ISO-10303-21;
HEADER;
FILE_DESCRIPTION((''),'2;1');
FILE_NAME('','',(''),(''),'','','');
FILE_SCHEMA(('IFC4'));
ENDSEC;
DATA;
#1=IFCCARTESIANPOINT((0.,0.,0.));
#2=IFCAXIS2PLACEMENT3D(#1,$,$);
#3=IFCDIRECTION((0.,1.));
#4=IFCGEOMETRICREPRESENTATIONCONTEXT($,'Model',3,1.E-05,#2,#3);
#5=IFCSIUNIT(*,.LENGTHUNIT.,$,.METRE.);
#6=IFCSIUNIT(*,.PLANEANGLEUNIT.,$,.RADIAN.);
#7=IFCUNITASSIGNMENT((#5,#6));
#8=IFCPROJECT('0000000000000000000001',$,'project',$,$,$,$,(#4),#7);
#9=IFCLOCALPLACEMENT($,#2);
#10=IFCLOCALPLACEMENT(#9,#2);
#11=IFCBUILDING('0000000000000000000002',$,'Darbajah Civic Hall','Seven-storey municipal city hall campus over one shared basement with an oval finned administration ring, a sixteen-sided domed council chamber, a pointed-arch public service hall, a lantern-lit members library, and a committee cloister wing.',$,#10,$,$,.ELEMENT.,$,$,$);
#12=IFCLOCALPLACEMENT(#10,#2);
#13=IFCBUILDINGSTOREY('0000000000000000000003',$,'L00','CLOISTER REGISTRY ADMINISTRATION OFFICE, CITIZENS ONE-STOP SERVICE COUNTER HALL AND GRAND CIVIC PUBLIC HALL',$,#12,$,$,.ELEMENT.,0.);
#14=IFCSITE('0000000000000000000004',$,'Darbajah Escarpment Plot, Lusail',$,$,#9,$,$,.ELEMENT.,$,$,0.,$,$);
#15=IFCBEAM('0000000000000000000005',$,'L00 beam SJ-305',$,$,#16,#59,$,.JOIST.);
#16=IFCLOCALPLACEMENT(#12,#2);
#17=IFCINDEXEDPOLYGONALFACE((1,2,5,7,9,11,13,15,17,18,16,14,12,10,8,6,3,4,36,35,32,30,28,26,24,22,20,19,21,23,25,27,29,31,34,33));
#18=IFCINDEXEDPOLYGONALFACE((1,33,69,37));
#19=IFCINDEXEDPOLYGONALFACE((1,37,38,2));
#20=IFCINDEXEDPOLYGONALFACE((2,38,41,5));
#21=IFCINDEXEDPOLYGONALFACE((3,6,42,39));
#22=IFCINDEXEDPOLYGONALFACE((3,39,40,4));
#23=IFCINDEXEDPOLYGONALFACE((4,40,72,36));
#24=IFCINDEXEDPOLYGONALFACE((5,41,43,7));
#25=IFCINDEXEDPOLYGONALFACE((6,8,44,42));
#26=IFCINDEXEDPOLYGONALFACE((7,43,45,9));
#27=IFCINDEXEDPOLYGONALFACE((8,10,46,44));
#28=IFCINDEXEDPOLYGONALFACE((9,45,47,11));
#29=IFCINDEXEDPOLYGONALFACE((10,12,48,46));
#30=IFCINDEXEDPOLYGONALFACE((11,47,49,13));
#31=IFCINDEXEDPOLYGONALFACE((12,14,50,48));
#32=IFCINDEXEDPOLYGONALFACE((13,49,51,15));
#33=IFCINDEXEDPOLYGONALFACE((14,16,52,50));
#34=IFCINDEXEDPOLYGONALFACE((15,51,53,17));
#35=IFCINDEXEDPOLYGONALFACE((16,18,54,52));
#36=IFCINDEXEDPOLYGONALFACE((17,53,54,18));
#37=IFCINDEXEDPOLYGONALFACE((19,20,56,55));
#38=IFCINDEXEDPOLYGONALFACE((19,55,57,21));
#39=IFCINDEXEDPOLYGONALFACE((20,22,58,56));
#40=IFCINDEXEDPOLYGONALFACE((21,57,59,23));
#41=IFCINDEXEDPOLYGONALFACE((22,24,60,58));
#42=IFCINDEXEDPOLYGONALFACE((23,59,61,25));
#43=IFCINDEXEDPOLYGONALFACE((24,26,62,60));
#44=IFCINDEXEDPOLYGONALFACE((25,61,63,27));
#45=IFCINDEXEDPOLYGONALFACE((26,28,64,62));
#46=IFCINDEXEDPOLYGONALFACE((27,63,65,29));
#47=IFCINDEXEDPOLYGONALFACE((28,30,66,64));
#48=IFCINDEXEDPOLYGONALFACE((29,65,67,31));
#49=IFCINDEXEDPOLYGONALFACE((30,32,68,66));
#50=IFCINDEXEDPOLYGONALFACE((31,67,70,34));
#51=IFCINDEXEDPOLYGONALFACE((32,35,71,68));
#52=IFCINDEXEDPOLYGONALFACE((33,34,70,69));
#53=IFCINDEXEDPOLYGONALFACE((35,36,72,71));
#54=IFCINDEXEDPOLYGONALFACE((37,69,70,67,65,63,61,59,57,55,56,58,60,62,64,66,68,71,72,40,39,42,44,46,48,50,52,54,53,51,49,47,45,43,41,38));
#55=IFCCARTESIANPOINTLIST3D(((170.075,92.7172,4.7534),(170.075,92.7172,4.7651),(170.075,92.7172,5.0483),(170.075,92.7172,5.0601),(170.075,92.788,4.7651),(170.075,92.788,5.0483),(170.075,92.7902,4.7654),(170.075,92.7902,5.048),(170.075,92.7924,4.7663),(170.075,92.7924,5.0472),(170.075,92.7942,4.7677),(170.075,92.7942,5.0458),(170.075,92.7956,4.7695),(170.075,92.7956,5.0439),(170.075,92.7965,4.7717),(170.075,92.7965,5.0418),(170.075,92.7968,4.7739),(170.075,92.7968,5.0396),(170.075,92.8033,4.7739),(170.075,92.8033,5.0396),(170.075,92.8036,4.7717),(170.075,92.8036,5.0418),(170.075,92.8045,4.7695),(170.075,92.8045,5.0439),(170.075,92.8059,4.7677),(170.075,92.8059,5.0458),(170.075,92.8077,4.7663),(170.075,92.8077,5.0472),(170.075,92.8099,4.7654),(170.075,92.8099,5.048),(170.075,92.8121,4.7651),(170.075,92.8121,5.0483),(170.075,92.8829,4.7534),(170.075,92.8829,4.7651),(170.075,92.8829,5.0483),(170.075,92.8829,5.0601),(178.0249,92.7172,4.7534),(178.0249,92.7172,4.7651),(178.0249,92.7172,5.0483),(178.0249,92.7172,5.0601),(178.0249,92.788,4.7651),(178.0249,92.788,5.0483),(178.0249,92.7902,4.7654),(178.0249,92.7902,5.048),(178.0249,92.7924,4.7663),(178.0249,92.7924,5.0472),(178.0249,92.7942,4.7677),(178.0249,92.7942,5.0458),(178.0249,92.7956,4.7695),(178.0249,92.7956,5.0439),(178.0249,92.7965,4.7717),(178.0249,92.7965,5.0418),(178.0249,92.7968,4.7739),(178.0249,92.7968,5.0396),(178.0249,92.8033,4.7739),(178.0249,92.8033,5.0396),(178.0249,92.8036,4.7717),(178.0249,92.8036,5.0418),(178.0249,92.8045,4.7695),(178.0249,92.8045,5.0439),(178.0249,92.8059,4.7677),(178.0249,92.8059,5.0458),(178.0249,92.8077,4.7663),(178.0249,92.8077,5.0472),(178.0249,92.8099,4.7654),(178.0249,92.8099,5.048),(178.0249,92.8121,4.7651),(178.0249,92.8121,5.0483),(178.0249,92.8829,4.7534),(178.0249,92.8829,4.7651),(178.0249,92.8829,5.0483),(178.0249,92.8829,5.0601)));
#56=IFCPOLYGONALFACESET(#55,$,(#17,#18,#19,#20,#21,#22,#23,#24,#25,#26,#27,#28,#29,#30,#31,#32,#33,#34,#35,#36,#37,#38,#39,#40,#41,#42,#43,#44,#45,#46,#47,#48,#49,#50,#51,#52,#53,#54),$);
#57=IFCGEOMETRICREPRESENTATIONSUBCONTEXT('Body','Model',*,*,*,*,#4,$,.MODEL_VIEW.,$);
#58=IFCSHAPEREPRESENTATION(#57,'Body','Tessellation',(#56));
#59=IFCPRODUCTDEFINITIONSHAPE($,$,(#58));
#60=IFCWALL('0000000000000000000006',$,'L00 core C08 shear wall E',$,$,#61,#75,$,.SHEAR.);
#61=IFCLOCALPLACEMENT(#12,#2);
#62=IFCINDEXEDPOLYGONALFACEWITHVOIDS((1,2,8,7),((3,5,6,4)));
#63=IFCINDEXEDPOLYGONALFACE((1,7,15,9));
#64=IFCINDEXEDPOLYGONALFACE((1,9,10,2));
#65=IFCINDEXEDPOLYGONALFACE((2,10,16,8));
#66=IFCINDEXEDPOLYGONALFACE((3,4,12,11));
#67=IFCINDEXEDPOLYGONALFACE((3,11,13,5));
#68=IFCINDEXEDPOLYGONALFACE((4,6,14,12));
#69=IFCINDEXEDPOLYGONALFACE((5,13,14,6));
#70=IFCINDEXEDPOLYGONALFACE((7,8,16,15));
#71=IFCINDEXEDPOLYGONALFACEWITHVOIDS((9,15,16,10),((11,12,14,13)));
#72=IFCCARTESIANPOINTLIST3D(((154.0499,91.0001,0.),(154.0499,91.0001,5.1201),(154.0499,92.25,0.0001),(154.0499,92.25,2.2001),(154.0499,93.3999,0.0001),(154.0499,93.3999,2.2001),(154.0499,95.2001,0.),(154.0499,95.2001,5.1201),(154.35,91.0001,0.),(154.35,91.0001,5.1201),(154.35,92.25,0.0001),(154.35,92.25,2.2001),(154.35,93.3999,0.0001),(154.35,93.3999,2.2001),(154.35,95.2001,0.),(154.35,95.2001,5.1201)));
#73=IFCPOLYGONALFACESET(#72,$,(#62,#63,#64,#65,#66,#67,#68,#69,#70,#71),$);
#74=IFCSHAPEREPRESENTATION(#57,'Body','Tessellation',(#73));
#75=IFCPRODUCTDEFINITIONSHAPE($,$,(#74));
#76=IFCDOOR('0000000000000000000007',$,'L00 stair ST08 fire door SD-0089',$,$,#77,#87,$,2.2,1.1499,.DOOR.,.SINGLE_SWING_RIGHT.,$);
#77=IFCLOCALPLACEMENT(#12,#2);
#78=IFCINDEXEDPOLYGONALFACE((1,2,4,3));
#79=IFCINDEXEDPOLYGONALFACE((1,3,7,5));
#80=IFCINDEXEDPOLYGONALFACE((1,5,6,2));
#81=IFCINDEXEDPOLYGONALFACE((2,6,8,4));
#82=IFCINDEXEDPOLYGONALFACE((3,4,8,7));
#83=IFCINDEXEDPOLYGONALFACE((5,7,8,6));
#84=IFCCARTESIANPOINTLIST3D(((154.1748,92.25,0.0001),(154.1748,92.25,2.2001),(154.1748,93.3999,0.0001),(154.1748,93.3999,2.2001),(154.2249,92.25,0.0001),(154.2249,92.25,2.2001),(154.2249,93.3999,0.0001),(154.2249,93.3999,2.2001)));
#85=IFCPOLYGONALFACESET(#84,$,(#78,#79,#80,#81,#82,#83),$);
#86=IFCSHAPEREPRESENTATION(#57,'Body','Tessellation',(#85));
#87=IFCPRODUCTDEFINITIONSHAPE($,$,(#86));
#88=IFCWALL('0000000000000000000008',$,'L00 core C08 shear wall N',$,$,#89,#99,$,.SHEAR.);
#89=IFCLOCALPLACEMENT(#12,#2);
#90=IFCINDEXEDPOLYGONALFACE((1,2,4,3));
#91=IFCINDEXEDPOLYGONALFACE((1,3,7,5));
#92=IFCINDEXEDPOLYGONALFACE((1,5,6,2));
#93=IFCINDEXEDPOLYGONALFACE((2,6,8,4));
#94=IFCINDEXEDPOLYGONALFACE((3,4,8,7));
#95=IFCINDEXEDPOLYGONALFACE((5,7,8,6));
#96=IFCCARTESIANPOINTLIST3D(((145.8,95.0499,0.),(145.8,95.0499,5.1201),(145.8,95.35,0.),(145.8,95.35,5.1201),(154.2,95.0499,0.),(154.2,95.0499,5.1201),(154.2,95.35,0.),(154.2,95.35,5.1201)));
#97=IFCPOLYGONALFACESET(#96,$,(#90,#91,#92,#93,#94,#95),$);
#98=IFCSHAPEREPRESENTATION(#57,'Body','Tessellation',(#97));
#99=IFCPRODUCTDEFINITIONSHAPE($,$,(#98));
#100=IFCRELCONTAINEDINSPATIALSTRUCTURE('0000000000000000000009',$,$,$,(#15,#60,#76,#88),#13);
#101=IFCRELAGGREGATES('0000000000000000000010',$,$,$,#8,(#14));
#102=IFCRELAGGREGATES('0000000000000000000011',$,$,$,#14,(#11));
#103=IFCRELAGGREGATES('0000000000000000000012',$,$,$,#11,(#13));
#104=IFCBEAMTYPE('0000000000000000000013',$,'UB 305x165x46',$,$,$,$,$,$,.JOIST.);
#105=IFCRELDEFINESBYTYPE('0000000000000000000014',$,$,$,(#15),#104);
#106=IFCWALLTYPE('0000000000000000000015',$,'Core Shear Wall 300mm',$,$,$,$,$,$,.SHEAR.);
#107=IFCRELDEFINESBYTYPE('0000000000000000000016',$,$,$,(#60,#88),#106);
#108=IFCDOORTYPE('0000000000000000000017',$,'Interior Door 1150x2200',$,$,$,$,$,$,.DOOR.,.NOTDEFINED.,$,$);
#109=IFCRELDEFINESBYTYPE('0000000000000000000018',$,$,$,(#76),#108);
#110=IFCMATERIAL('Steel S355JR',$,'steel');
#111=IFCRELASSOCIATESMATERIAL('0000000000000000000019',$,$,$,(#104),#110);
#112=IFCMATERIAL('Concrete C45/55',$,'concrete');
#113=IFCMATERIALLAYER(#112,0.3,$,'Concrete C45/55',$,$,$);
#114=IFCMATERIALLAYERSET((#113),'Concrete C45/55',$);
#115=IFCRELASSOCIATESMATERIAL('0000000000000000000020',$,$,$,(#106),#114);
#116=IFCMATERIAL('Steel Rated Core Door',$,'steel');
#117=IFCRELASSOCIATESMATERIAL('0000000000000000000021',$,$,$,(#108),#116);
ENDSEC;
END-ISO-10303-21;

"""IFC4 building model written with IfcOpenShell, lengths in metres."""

from ifc_helpers import new_model, si_unit, direction, frame, frame_2d, origin, origin_2d, place, context, subcontext, project, spatial, rectangle, i_section, extrude, material, layer, layer_set, material_profile, profile_set, type_object, element, fill, save


model = new_model("IFC4")

# Units and contexts
model_context = context("Model", 3, precision=1e-05, world=origin(), true_north=direction((0.0, 1.0)))
body_context = subcontext(model_context, "Body", "Model", "MODEL_VIEW")
ifc_project = project(units=[si_unit("LENGTHUNIT", "METRE"), si_unit("PLANEANGLEUNIT", "RADIAN")], contexts=[model_context])

# Site, building, storey
site_placement = place(None, origin())
site = spatial("IfcSite", under=ifc_project, at=site_placement, Name="Darbajah Escarpment Plot, Lusail", CompositionType="ELEMENT", RefElevation=0.0)
building_placement = place(site_placement, origin())
building = spatial("IfcBuilding", under=site, at=building_placement, Name="Darbajah Civic Hall", Description="Seven-storey municipal city hall campus over one shared basement with an oval finned administration ring, a sixteen-sided domed council chamber, a pointed-arch public service hall, a lantern-lit members library, and a committee cloister wing.", CompositionType="ELEMENT")
storey_placement = place(building_placement, origin())
storey = spatial("IfcBuildingStorey", under=building, at=storey_placement, Name="L00", Description="CLOISTER REGISTRY ADMINISTRATION OFFICE, CITIZENS ONE-STOP SERVICE COUNTER HALL AND GRAND CIVIC PUBLIC HALL", CompositionType="ELEMENT", Elevation=0.0)

# Beam
ifc_material_1 = material(Name="Concrete C45/55", Category="concrete")
ifc_material_2 = material(Name="Steel S355JR", Category="steel")
ifc_material_profile_1 = material_profile(ifc_material_2, i_section(OverallWidth=0.1658, OverallDepth=0.3066, WebThickness=0.0066, FlangeThickness=0.0117, FilletRadius=0.0088, at=origin_2d()), Name="UB 305x165x46")
ifc_profile_set_1 = profile_set([ifc_material_profile_1], Name="Steel S355JR")
beam_type_1 = type_object("IfcBeamType", Name="UB 305x165x46", PredefinedType="JOIST", material=ifc_profile_set_1)
for number, where, z_axis, x_axis, name in (
    (1, (170.075, 92.8, 4.9067), (1.0, 0.0, 0.0), (0.0, 1.0, 0.0), "L00 beam SJ-305"),
):
    element("IfcBeam", number, at=place(storey_placement, frame(where, z_axis=z_axis, x_axis=x_axis)), inside=storey, type_object=beam_type_1, Name=name, PredefinedType="JOIST", context=body_context, shape_type="SweptSolid", body=[
        extrude(i_section(OverallWidth=0.1658, OverallDepth=0.3066, WebThickness=0.0066, FlangeThickness=0.0117, FilletRadius=0.0088, at=origin_2d()), origin(), (0.0, 0.0, 1.0), 7.95),
    ])

# Wall, opening, door
ifc_layer = layer(ifc_material_1, 0.3, Name="Concrete C45/55")
ifc_layer_set = layer_set([ifc_layer], Name="Concrete C45/55")
wall_type = type_object("IfcWallType", Name="Core Shear Wall 300mm", PredefinedType="SHEAR", material=ifc_layer_set)
wall_1_placement = place(storey_placement, frame((154.2, 91.0, 0.0), z_axis=(0.0, 0.0, 1.0), x_axis=(0.0, 1.0, 0.0)))
wall_1 = element("IfcWall", 2, at=wall_1_placement, inside=storey, type_object=wall_type, Name="L00 core C08 shear wall E", PredefinedType="SHEAR", context=body_context, shape_type="SweptSolid", body=[
    extrude(rectangle(XDim=4.2, YDim=0.3, at=frame_2d((2.1001, 0.0))), origin(), (0.0, 0.0, 1.0), 5.1201),
])
opening_placement = place(wall_1_placement, frame((1.25, 0.0, 0.0)))
opening = element("IfcOpeningElement", 3, at=opening_placement, cuts=wall_1, PredefinedType="OPENING", context=body_context, shape_type="SweptSolid", body=[
    extrude(rectangle(XDim=1.1499, YDim=2.2, at=frame_2d((0.575, 1.1001))), frame((0.0, 0.1599, 0.0), z_axis=(0.0, -1.0, 0.0), x_axis=(1.0, 0.0, 0.0)), (0.0, 0.0, 1.0), 0.3201),
])
ifc_material_3 = material(Name="Steel Rated Core Door", Category="steel")
door_type = type_object("IfcDoorType", Name="Interior Door 1150x2200", OperationType="NOTDEFINED", PredefinedType="DOOR", material=ifc_material_3)
door_placement = place(opening_placement, frame((1.1499, 0.0, 0.0), z_axis=(0.0, 0.0, 1.0), x_axis=(-1.0, 0.0, 0.0)))
door = element("IfcDoor", 4, at=door_placement, inside=storey, type_object=door_type, Name="L00 stair ST08 fire door SD-0089", OperationType="SINGLE_SWING_RIGHT", OverallHeight=2.2, OverallWidth=1.1499, PredefinedType="DOOR", context=body_context, shape_type="SweptSolid", body=[
    extrude(rectangle(XDim=1.1499, YDim=2.2, at=frame_2d((0.575, 1.1001))), frame((0.0, 0.0249, 0.0), z_axis=(0.0, -1.0, 0.0), x_axis=(1.0, 0.0, 0.0)), (0.0, 0.0, 1.0), 0.05),
])
fill(opening, door)

# Wall
wall_2_placement = place(storey_placement, frame((154.2, 95.2, 0.0), z_axis=(0.0, 0.0, 1.0), x_axis=(-1.0, 0.0, 0.0)))
element("IfcWall", 5, at=wall_2_placement, inside=storey, type_object=wall_type, Name="L00 core C08 shear wall N", PredefinedType="SHEAR", context=body_context, shape_type="SweptSolid", body=[
    extrude(rectangle(XDim=8.3999, YDim=0.3, at=frame_2d((4.2, 0.0))), origin(), (0.0, 0.0, 1.0), 5.1201),
])

save(model, "model.ifc")
